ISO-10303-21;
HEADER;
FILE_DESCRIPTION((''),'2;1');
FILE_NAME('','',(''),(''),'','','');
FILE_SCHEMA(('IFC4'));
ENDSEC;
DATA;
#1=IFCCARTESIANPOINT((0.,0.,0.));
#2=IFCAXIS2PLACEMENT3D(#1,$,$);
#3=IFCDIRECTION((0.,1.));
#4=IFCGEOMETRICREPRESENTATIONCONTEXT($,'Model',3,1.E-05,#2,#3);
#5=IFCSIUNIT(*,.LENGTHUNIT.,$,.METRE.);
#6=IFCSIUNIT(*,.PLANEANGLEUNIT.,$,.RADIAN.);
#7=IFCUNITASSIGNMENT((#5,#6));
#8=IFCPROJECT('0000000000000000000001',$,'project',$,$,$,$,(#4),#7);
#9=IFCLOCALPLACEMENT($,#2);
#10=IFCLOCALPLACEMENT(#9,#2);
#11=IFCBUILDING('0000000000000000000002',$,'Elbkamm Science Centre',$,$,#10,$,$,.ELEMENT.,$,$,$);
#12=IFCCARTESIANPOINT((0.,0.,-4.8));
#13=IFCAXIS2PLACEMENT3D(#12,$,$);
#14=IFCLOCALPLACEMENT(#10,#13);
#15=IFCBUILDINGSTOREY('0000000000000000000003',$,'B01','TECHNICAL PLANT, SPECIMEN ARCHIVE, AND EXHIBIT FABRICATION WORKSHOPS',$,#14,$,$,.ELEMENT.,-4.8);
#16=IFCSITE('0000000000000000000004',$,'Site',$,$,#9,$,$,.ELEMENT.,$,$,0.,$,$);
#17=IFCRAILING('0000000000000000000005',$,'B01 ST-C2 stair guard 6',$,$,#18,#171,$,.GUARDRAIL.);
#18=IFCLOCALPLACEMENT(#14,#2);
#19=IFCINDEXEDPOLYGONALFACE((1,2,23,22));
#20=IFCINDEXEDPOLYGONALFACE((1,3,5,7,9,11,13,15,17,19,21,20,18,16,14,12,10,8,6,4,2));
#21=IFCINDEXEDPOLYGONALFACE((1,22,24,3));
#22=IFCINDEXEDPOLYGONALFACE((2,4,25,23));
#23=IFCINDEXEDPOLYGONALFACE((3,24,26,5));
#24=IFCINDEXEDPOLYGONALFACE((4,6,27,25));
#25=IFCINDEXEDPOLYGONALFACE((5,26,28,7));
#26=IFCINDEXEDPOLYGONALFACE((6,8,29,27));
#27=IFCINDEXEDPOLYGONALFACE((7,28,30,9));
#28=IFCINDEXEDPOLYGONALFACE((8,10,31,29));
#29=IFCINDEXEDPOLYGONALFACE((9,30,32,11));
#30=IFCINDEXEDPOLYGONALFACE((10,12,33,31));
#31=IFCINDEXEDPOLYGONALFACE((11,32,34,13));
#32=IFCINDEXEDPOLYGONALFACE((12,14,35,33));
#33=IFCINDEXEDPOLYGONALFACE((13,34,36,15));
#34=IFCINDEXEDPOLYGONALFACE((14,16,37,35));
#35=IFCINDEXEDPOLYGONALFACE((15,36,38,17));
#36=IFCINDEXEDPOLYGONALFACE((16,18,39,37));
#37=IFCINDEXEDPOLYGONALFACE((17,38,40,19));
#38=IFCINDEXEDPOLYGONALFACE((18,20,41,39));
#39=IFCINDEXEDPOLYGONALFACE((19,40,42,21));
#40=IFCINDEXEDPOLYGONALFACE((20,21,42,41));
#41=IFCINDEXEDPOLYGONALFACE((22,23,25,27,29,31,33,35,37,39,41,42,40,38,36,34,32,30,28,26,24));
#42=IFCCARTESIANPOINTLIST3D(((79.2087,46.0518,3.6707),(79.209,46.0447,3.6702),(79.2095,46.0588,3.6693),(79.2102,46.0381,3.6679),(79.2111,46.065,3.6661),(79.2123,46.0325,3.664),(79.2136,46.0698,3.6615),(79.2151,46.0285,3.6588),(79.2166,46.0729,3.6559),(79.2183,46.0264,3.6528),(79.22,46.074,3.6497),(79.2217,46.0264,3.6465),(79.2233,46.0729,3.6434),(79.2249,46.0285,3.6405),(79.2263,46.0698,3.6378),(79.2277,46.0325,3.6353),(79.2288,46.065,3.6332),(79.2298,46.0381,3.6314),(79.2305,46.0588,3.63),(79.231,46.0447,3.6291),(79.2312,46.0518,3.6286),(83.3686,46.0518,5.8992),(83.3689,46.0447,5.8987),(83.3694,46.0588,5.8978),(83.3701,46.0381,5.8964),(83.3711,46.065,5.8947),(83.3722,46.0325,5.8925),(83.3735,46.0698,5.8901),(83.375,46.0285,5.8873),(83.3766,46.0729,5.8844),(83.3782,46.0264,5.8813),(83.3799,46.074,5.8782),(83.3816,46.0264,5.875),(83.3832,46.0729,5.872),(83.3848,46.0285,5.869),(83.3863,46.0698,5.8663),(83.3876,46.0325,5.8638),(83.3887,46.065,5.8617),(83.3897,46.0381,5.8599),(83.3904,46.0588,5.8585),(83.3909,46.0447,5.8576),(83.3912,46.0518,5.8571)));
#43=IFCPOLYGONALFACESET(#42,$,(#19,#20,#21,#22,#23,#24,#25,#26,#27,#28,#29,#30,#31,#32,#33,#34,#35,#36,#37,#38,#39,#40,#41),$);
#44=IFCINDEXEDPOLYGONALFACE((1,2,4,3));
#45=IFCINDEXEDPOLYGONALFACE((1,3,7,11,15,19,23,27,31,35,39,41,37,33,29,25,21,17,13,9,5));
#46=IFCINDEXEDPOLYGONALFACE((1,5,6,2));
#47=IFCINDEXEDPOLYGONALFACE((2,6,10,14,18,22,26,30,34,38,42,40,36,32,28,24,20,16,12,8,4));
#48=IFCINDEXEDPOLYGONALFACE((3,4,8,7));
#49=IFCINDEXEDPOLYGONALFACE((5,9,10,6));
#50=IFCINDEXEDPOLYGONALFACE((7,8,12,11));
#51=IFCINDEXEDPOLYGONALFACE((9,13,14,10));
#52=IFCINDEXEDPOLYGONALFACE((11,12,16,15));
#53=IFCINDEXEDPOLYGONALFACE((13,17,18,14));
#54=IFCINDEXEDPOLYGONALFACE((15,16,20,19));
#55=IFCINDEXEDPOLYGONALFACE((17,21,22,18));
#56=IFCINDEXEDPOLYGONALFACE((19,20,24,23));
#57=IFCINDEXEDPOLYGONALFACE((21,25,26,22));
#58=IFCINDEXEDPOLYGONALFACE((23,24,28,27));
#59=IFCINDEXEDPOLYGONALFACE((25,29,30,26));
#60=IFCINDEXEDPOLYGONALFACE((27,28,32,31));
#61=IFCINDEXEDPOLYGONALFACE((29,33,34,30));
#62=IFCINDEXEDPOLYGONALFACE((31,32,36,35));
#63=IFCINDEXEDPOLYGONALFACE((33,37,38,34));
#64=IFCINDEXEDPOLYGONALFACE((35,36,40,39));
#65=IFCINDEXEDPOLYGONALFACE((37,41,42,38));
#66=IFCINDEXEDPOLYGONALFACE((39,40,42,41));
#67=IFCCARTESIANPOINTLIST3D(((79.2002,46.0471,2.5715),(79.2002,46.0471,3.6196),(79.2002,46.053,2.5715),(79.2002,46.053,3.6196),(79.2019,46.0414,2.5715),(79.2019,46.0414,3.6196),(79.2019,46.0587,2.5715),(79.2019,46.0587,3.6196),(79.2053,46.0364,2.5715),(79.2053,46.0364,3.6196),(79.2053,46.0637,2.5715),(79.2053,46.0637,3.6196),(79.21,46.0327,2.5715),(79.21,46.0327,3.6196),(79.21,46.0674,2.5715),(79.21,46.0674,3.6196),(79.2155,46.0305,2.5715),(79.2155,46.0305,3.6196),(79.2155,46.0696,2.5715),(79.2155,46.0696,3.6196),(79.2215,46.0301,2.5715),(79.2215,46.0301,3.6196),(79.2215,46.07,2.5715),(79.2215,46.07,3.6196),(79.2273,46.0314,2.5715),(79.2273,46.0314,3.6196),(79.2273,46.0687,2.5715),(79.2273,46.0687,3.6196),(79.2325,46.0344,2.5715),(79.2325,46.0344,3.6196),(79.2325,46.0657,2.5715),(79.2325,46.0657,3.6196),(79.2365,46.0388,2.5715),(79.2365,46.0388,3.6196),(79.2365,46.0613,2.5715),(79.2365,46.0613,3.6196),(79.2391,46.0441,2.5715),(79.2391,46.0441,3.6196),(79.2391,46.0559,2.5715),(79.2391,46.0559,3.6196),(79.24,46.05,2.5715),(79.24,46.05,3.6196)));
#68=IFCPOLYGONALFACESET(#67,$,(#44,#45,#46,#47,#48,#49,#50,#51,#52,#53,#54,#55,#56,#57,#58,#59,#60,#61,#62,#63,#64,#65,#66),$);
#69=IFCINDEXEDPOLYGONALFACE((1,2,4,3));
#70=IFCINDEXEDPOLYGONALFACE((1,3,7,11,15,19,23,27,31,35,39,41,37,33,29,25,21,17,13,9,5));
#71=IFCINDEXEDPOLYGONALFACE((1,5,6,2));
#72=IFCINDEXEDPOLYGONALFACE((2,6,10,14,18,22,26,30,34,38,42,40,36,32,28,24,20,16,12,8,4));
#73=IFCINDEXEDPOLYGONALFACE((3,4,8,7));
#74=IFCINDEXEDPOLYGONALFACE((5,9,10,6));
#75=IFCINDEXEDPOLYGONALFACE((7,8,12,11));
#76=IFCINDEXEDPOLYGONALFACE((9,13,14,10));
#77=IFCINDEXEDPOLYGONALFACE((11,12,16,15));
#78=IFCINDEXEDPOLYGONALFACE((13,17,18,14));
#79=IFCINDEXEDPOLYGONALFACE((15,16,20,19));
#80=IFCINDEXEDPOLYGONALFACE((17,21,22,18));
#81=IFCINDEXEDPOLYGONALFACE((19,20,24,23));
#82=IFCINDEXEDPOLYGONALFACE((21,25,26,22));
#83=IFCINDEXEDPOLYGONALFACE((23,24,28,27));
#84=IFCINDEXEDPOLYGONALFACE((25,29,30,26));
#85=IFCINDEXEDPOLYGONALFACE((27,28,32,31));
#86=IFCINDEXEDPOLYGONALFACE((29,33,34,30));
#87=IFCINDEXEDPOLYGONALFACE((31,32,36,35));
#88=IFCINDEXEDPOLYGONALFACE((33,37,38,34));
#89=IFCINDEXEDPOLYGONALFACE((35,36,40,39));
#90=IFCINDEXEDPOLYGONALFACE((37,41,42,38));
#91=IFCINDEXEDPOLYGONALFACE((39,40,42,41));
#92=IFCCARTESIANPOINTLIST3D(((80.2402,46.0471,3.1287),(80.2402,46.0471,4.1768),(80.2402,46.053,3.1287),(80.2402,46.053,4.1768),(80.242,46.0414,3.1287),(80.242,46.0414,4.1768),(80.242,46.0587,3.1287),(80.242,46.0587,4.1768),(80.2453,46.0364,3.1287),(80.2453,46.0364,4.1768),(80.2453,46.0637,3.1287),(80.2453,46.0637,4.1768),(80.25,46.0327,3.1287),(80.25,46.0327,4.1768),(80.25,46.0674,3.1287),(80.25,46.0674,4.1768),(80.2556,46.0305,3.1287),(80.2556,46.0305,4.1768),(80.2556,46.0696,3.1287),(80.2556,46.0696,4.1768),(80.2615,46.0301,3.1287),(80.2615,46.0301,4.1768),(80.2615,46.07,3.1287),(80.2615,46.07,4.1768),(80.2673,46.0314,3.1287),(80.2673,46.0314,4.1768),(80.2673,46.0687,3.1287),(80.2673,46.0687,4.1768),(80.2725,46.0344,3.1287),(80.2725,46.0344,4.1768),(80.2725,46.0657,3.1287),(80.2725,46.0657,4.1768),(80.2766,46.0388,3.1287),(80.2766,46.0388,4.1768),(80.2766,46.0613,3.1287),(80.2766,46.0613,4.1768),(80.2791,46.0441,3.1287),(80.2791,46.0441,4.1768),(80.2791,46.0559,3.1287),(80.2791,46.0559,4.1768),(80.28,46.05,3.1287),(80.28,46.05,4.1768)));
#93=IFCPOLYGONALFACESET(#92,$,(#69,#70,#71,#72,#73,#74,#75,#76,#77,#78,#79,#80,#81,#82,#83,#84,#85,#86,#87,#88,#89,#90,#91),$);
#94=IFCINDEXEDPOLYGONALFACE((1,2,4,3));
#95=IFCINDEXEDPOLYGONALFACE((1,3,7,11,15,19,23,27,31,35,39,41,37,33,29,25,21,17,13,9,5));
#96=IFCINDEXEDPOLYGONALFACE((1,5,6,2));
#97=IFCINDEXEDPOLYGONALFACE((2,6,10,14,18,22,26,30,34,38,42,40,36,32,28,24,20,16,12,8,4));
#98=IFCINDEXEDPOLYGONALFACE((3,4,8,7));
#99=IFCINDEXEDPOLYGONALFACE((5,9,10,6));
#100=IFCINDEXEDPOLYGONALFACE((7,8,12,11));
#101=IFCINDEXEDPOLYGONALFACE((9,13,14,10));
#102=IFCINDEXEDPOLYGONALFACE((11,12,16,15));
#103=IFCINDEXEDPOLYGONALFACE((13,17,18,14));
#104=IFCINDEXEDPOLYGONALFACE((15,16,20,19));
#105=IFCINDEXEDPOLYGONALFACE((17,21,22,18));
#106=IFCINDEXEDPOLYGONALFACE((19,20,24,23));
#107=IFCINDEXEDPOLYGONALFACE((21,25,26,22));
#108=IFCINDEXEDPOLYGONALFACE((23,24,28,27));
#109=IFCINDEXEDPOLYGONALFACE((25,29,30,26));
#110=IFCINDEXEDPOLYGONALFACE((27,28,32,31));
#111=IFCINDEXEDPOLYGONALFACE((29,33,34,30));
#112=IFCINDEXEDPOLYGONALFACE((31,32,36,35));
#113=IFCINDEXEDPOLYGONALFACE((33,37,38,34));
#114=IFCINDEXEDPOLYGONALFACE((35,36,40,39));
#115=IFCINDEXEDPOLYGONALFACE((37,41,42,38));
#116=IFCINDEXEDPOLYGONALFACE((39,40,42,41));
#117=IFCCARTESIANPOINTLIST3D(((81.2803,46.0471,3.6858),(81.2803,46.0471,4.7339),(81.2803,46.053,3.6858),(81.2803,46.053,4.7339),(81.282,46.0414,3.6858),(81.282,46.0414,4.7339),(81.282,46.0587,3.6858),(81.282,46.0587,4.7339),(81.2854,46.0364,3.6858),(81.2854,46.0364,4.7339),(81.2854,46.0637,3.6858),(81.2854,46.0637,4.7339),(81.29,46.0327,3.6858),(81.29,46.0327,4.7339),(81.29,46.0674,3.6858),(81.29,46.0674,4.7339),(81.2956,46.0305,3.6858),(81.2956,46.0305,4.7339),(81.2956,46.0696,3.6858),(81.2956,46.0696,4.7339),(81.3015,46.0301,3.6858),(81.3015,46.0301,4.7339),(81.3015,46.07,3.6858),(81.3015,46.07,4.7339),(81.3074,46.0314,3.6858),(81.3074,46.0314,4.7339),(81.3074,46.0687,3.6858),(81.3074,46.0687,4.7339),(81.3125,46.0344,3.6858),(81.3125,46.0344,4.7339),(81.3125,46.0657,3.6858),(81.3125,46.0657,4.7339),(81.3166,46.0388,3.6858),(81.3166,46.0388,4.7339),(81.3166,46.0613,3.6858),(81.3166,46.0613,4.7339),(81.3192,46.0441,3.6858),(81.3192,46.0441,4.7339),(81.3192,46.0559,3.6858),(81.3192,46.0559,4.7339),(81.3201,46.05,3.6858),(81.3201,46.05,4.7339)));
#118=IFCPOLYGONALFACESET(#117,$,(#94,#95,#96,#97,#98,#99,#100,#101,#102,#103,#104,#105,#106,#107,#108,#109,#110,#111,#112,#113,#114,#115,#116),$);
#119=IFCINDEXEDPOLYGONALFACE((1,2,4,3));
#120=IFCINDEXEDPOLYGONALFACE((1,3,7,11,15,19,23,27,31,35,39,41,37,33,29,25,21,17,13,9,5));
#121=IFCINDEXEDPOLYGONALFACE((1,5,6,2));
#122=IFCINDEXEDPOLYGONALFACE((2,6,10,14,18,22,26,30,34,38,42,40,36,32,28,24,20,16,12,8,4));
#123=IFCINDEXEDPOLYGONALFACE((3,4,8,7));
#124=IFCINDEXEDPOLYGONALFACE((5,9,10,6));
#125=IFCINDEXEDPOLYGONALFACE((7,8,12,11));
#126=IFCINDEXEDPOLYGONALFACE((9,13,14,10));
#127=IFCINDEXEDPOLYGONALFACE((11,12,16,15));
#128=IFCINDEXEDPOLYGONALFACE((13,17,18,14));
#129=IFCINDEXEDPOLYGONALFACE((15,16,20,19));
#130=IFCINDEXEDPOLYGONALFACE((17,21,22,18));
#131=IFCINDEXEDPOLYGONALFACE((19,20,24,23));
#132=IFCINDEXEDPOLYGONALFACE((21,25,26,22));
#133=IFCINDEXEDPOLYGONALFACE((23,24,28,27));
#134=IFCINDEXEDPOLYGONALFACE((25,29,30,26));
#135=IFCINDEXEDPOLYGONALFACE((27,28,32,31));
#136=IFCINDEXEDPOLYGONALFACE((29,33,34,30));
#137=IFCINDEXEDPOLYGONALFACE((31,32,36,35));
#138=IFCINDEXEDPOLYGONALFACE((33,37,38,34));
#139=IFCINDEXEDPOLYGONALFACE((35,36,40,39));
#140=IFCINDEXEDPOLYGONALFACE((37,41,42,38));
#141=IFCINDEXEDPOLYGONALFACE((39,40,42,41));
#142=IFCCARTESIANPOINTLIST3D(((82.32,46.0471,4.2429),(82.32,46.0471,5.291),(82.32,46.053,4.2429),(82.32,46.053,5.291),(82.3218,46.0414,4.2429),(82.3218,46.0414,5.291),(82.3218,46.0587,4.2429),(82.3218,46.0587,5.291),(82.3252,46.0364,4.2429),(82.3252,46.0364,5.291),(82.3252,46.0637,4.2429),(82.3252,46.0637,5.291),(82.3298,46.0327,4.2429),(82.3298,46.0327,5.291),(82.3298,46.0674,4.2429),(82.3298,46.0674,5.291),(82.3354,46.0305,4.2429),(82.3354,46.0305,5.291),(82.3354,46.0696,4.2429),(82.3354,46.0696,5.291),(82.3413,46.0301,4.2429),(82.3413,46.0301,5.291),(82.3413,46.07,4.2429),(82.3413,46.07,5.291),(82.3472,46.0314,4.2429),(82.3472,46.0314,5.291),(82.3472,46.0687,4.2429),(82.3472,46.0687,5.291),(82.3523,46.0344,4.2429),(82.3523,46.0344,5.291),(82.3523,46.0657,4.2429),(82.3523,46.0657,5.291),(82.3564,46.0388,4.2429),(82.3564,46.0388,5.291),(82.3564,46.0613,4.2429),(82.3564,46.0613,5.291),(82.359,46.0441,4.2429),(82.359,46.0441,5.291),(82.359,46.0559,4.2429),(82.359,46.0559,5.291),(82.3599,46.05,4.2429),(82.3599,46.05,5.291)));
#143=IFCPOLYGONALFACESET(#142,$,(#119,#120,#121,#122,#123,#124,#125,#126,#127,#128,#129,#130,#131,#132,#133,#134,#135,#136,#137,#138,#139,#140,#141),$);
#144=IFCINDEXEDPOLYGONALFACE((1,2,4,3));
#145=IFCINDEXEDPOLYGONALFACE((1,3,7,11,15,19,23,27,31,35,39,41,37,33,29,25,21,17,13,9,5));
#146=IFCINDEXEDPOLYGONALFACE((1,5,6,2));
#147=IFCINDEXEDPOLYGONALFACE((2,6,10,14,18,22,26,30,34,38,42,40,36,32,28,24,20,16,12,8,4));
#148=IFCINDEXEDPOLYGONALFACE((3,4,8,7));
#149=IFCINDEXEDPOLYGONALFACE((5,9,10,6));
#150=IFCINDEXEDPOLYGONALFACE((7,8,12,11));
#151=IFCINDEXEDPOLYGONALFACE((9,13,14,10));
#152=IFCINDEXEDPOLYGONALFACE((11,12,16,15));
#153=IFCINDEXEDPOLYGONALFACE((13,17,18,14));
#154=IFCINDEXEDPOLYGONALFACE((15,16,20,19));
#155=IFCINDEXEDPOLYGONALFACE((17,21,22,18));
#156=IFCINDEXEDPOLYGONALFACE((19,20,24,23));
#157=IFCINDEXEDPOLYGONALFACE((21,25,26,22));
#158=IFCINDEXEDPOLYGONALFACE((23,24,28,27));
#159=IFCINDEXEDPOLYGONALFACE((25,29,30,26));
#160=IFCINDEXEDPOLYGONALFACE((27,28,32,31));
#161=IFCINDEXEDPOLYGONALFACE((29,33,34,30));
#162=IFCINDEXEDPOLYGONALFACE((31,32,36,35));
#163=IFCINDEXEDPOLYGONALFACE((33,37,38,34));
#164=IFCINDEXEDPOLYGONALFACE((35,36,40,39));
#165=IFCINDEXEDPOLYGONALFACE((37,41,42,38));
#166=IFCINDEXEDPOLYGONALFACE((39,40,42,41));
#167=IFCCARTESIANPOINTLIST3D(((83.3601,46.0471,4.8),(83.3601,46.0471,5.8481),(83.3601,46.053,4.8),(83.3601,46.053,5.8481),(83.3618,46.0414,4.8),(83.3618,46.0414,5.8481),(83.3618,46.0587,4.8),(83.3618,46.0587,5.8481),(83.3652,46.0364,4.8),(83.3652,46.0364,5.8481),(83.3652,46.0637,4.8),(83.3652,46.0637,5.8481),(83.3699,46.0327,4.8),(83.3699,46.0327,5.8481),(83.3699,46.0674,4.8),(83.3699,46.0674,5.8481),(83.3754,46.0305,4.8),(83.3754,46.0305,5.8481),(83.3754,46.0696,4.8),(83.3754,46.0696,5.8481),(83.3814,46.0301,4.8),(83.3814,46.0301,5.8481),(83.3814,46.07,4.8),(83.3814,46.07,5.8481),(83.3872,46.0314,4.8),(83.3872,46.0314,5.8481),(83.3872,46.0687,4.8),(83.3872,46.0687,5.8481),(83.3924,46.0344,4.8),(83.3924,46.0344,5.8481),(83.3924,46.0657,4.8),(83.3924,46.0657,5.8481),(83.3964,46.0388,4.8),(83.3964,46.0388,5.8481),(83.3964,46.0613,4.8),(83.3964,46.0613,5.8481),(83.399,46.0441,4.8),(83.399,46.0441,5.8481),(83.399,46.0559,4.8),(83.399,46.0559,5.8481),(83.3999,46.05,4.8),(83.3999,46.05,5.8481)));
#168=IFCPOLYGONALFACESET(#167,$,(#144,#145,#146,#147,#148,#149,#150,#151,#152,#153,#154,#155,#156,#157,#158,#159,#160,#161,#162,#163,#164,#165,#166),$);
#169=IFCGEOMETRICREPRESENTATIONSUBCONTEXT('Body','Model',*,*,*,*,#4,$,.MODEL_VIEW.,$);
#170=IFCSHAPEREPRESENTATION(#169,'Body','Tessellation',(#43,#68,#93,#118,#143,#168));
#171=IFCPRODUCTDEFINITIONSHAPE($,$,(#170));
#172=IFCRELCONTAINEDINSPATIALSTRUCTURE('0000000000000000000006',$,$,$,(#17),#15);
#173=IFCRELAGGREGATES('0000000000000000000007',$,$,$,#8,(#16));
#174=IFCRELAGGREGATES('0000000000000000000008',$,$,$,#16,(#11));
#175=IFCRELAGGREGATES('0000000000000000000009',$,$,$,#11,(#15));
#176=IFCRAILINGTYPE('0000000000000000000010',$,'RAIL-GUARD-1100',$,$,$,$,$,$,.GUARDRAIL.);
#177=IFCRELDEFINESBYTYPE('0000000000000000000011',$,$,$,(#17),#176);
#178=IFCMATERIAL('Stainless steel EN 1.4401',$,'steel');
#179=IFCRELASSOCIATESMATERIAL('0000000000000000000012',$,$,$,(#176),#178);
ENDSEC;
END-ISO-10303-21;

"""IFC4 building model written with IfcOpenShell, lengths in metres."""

from ifc_helpers import new_model, si_unit, direction, frame, origin, origin_2d, place, context, subcontext, project, spatial, circle, extrude, material, type_object, element, save


model = new_model("IFC4")

# Units and contexts
model_context = context("Model", 3, precision=1e-05, world=origin(), true_north=direction((0.0, 1.0)))
body_context = subcontext(model_context, "Body", "Model", "MODEL_VIEW")
ifc_project = project(units=[si_unit("LENGTHUNIT", "METRE"), si_unit("PLANEANGLEUNIT", "RADIAN")], contexts=[model_context])

# Site, building, storey
site_placement = place(None, origin())
site = spatial("IfcSite", under=ifc_project, at=site_placement, Name="Site", CompositionType="ELEMENT", RefElevation=0.0)
building_placement = place(site_placement, origin())
building = spatial("IfcBuilding", under=site, at=building_placement, Name="Elbkamm Science Centre", CompositionType="ELEMENT")
storey_placement = place(building_placement, frame((0.0, 0.0, -4.8)))
storey = spatial("IfcBuildingStorey", under=building, at=storey_placement, Name="B01", Description="TECHNICAL PLANT, SPECIMEN ARCHIVE, AND EXHIBIT FABRICATION WORKSHOPS", CompositionType="ELEMENT", Elevation=-4.8)

# Railing
ifc_material_1 = material(Name="Stainless steel EN 1.4401", Category="steel")
railing_type_1 = type_object("IfcRailingType", Name="RAIL-GUARD-1100", PredefinedType="GUARDRAIL", material=ifc_material_1)
railing_1_placement = place(storey_placement, frame((79.22, 46.05, 2.5715)))
element("IfcRailing", 1, at=railing_1_placement, inside=storey, type_object=railing_type_1, Name="B01 ST-C2 stair guard 6", PredefinedType="GUARDRAIL", context=body_context, shape_type="SweptSolid", body=[
    extrude(circle(Radius=0.0239, at=origin_2d()), frame((0.0, 0.0, 1.0781), z_axis=(0.881481, 0.0, 0.47222), x_axis=(0.0, 1.0, 0.0)), (0.0, 0.0, 1.0), 4.7192),
    extrude(circle(Radius=0.02, at=origin_2d()), origin(), (0.0, 0.0, 1.0), 1.0481),
    extrude(circle(Radius=0.02, at=origin_2d()), frame((1.04, 0.0, 0.5571)), (0.0, 0.0, 1.0), 1.0481),
    extrude(circle(Radius=0.02, at=origin_2d()), frame((2.0801, 0.0, 1.1143)), (0.0, 0.0, 1.0), 1.0481),
    extrude(circle(Radius=0.02, at=origin_2d()), frame((3.1199, 0.0, 1.6714)), (0.0, 0.0, 1.0), 1.0481),
    extrude(circle(Radius=0.02, at=origin_2d()), frame((4.1599, 0.0, 2.2285)), (0.0, 0.0, 1.0), 1.0481),
])

save(model, "model.ifc")
